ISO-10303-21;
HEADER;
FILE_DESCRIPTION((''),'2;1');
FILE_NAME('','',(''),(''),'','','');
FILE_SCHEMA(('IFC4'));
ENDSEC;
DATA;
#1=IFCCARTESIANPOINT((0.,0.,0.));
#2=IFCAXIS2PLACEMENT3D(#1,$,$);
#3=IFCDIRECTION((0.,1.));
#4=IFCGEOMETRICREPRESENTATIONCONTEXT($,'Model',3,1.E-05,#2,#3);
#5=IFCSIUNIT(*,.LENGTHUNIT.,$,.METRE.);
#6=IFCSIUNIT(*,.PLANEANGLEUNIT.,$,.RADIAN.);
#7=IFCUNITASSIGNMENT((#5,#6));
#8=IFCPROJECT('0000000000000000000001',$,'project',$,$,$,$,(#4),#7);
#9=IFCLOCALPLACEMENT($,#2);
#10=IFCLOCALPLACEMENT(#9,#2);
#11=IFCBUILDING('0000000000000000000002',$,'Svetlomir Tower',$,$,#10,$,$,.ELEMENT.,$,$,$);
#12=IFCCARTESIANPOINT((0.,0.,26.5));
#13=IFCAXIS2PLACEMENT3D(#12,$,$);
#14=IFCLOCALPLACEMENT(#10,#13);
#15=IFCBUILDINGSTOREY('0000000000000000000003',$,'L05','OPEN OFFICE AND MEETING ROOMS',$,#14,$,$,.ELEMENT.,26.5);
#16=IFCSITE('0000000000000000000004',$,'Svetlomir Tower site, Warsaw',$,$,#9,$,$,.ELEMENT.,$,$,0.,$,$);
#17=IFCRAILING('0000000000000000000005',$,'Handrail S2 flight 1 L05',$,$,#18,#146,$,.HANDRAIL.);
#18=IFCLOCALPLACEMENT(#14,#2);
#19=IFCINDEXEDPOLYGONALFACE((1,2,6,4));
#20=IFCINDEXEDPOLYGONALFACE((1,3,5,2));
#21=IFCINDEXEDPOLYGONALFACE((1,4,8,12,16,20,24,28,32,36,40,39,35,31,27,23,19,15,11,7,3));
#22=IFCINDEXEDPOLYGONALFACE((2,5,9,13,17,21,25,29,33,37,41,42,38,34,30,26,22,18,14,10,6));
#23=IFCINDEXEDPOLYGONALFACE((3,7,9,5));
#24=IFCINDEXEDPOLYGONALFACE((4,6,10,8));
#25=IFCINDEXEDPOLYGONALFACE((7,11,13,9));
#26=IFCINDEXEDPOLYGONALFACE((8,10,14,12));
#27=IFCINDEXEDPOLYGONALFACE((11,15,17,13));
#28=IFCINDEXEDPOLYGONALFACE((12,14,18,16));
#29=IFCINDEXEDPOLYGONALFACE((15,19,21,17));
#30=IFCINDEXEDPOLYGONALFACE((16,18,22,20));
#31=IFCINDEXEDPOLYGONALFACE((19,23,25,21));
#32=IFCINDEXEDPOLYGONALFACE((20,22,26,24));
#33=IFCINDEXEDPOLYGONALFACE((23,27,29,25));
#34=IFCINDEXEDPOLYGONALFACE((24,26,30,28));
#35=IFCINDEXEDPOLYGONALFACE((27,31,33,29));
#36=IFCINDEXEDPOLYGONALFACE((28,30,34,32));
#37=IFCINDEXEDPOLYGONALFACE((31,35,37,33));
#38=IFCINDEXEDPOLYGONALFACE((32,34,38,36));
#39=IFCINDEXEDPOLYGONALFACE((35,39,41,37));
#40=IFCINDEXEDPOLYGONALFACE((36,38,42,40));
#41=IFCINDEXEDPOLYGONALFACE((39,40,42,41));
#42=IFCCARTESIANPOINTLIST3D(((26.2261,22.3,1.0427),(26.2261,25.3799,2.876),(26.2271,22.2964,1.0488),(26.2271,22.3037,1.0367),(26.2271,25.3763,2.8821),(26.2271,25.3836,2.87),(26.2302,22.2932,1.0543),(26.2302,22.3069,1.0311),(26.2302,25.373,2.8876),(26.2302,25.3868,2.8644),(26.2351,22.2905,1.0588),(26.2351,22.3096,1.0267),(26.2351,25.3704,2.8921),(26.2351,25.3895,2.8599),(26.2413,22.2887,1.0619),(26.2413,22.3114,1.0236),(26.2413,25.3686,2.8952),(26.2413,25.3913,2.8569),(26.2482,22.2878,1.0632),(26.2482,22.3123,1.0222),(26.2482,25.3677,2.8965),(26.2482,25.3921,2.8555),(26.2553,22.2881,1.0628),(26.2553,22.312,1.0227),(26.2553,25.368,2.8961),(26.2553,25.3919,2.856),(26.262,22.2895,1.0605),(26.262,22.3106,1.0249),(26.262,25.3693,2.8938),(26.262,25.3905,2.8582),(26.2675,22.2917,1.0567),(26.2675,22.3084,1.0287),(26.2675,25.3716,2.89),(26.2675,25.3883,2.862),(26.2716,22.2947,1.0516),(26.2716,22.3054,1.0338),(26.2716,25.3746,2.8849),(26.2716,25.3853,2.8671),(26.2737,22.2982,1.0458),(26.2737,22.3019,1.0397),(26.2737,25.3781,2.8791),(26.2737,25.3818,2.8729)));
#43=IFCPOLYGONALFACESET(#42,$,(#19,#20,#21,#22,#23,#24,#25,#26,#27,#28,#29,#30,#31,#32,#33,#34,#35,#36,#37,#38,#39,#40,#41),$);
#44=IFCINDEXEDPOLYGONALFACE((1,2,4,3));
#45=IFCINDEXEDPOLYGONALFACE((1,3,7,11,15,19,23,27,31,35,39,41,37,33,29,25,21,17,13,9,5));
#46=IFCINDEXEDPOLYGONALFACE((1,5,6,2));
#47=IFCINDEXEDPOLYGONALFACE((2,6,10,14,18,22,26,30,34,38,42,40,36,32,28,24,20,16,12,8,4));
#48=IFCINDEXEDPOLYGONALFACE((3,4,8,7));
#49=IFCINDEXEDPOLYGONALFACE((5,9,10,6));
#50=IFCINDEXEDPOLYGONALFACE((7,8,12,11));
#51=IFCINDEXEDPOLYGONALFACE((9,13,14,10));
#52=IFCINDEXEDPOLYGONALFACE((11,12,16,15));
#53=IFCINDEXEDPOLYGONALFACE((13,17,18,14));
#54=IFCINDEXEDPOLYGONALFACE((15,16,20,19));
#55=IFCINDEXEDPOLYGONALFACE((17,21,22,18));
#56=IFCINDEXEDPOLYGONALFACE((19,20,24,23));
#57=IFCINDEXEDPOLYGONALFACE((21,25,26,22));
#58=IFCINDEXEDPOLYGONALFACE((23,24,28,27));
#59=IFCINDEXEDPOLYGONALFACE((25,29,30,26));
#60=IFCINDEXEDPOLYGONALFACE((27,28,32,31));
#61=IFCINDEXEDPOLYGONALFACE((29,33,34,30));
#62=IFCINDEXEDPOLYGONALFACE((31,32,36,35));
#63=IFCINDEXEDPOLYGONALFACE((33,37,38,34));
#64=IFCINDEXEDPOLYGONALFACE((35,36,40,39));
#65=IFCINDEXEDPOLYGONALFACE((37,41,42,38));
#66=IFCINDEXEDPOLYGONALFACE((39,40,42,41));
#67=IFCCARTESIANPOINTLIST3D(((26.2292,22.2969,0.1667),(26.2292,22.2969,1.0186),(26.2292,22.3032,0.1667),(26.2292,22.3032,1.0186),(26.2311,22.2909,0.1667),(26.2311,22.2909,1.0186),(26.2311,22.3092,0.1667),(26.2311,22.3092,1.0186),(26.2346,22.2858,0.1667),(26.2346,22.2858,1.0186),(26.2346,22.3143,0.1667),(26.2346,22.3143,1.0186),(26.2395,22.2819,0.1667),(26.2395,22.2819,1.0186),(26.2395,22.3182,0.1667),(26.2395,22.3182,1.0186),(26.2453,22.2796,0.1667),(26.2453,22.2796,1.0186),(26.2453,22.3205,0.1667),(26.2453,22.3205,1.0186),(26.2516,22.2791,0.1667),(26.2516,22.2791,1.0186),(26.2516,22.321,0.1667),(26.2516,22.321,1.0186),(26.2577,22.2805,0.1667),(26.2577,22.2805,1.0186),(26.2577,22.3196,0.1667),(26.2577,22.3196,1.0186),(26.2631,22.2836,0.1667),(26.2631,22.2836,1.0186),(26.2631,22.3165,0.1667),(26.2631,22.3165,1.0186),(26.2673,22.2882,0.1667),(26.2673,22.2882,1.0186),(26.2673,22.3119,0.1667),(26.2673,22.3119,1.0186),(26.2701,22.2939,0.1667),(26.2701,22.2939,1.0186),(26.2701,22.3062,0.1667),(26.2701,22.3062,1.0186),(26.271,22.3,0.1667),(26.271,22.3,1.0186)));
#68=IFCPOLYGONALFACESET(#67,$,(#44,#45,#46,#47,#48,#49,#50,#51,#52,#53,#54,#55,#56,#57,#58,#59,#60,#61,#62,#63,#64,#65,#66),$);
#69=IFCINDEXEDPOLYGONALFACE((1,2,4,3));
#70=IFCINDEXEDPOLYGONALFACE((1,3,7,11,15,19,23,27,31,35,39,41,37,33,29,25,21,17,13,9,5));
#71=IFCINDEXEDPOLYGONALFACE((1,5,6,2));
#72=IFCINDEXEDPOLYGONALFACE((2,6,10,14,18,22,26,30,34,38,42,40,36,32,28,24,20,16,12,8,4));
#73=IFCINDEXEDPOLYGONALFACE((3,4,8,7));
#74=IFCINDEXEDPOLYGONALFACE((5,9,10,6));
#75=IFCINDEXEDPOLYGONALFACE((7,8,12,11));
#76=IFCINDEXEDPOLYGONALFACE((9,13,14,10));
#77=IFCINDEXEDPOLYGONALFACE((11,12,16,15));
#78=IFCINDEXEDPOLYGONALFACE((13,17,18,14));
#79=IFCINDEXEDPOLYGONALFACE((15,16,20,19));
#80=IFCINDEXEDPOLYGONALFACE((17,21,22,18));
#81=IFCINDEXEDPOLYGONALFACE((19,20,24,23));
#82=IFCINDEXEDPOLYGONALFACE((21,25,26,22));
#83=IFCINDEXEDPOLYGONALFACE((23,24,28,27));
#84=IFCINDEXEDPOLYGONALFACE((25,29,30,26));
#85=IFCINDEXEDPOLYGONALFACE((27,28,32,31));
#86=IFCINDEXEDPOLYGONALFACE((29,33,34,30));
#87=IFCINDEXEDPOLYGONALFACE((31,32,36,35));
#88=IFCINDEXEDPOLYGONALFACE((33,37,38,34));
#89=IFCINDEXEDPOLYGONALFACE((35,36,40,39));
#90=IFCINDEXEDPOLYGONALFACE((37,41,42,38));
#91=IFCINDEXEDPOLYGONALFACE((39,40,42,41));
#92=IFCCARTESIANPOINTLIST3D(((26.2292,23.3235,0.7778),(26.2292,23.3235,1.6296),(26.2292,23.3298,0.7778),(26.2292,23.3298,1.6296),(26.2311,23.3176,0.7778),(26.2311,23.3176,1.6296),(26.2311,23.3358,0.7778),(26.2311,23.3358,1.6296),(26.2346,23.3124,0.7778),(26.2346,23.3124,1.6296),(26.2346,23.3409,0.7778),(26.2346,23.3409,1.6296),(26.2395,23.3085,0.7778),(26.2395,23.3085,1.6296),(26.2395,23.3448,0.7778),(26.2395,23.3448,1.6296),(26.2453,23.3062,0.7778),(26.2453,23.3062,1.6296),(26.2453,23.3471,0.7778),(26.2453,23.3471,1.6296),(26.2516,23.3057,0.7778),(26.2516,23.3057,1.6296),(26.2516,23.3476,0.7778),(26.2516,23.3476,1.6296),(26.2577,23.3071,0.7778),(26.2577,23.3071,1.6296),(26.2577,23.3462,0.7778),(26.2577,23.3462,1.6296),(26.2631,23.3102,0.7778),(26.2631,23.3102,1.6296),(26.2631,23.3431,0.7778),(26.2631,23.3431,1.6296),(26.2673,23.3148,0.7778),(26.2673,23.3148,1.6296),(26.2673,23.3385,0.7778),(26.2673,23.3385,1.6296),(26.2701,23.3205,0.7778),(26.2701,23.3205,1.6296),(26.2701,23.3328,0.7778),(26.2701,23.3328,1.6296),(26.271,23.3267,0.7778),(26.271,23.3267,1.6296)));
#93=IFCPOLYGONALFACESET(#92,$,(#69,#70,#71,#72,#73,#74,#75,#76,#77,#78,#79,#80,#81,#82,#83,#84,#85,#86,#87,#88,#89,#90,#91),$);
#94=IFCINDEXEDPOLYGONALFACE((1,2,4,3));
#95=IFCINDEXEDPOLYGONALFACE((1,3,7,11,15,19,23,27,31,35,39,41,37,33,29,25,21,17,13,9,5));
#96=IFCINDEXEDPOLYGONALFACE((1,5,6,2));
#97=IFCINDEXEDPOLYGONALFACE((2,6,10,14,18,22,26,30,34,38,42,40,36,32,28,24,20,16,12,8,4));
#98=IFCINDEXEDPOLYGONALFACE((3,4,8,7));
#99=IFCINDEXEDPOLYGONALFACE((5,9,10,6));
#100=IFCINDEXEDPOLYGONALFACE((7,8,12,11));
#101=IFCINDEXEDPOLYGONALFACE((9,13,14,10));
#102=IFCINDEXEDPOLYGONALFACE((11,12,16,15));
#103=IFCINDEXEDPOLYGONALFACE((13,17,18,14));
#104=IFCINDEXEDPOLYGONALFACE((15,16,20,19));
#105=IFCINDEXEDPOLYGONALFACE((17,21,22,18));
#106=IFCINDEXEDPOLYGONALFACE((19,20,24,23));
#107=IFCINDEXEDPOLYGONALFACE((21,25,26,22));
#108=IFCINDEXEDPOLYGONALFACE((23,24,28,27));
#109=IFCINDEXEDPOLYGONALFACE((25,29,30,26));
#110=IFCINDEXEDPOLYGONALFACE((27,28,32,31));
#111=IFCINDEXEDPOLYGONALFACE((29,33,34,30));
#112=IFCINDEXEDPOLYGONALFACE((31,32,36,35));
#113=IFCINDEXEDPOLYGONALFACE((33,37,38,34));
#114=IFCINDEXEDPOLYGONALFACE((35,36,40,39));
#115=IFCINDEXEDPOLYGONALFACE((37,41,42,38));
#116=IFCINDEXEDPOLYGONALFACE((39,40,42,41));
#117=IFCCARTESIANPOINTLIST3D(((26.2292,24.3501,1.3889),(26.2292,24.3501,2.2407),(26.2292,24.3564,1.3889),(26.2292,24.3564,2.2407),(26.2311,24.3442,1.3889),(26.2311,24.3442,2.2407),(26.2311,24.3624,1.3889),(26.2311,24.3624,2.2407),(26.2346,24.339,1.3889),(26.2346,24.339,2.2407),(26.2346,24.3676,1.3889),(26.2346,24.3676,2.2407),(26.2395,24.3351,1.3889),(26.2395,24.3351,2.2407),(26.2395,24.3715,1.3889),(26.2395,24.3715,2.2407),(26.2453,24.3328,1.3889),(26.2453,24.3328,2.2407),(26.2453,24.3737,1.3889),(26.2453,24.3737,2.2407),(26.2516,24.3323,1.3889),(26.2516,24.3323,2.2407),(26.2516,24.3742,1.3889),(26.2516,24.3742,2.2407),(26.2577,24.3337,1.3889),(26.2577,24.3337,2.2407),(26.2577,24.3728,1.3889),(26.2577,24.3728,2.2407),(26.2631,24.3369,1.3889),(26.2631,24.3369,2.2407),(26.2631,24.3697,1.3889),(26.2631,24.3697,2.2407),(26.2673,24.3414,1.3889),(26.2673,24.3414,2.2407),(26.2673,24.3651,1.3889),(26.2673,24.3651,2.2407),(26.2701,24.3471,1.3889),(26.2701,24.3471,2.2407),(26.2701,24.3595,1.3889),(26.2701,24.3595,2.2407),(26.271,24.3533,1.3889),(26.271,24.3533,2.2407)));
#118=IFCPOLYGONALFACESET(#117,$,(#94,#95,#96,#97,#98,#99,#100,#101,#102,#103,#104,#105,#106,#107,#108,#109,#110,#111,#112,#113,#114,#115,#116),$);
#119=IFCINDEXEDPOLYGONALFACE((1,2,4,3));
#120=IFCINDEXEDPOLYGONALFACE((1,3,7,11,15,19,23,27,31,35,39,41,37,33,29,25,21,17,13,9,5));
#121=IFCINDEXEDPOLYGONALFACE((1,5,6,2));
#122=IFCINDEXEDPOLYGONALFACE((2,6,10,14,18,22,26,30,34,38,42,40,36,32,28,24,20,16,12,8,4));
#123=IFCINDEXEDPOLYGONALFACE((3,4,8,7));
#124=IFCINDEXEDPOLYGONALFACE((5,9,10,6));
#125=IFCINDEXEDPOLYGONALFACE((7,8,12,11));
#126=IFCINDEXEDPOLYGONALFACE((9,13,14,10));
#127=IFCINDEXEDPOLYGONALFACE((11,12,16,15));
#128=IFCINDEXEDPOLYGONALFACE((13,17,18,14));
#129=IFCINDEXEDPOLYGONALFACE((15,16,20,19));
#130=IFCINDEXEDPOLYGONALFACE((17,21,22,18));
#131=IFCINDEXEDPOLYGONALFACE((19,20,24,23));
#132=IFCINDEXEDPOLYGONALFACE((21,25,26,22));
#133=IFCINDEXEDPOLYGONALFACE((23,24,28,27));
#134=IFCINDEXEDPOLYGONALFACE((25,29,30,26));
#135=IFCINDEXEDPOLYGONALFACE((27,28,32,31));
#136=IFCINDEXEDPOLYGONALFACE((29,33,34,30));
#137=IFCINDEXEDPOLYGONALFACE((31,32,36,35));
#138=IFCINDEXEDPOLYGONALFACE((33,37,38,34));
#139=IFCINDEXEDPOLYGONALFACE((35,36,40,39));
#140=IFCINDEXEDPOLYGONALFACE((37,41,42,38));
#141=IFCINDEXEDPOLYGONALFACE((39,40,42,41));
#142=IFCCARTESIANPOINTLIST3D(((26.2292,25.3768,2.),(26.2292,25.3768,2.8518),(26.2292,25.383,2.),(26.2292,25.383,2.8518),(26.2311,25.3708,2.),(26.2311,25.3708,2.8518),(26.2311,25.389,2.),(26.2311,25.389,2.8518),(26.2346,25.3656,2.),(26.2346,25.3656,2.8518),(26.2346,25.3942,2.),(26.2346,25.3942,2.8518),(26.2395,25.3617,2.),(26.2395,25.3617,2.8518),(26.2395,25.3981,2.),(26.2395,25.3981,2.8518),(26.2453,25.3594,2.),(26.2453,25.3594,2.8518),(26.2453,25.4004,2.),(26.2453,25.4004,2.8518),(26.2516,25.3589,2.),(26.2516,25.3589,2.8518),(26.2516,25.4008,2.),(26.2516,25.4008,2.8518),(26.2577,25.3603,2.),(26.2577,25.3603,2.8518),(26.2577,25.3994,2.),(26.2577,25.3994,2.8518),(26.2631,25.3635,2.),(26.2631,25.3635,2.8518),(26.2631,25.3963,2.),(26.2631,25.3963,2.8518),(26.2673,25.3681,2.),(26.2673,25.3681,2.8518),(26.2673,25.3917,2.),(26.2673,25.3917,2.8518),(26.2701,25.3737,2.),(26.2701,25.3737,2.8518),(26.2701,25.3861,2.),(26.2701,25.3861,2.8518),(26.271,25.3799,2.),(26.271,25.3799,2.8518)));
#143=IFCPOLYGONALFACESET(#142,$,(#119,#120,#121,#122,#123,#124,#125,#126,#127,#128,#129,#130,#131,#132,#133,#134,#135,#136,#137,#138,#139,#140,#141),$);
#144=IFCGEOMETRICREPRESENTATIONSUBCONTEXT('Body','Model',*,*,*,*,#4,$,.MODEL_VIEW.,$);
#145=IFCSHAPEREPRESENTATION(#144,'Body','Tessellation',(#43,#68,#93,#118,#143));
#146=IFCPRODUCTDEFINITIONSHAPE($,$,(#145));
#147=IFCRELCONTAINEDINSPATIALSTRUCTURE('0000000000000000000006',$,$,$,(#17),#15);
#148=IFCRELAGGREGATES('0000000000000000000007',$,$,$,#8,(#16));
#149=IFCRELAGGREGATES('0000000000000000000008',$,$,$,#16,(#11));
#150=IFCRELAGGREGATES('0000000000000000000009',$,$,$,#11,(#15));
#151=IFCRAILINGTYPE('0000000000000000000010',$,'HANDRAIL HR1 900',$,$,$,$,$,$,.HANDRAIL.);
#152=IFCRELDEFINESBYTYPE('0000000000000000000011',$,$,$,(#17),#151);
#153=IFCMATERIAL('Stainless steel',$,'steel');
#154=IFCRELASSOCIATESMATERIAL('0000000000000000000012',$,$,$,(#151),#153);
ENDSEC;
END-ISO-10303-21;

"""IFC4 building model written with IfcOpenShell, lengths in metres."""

from ifc_helpers import new_model, si_unit, direction, frame, origin, origin_2d, place, context, subcontext, project, spatial, circle, extrude, material, type_object, element, save


model = new_model("IFC4")

# Units and contexts
model_context = context("Model", 3, precision=1e-05, world=origin(), true_north=direction((0.0, 1.0)))
body_context = subcontext(model_context, "Body", "Model", "MODEL_VIEW")
ifc_project = project(units=[si_unit("LENGTHUNIT", "METRE"), si_unit("PLANEANGLEUNIT", "RADIAN")], contexts=[model_context])

# Site, building, storey
site_placement = place(None, origin())
site = spatial("IfcSite", under=ifc_project, at=site_placement, Name="Svetlomir Tower site, Warsaw", CompositionType="ELEMENT", RefElevation=0.0)
building_placement = place(site_placement, origin())
building = spatial("IfcBuilding", under=site, at=building_placement, Name="Svetlomir Tower", CompositionType="ELEMENT")
storey_placement = place(building_placement, frame((0.0, 0.0, 26.5)))
storey = spatial("IfcBuildingStorey", under=building, at=storey_placement, Name="L05", Description="OPEN OFFICE AND MEETING ROOMS", CompositionType="ELEMENT", Elevation=26.5)

# Railing
ifc_material_1 = material(Name="Stainless steel", Category="steel")
railing_type = type_object("IfcRailingType", Name="HANDRAIL HR1 900", PredefinedType="HANDRAIL", material=ifc_material_1)
railing_1_placement = place(storey_placement, frame((26.25, 22.3, 0.1667)))
element("IfcRailing", 1, at=railing_1_placement, inside=storey, type_object=railing_type, Name="Handrail S2 flight 1 L05", PredefinedType="HANDRAIL", context=body_context, shape_type="SweptSolid", body=[
    extrude(circle(Radius=0.0239, at=origin_2d()), frame((0.0, 0.0, 0.876), z_axis=(0.0, 0.859291, 0.511487), x_axis=(-1.0, 0.0, 0.0)), (0.0, 0.0, 1.0), 3.5842),
    extrude(circle(Radius=0.021, at=origin_2d()), origin(), (0.0, 0.0, 1.0), 0.8518),
    extrude(circle(Radius=0.021, at=origin_2d()), frame((0.0, 1.0266, 0.6111)), (0.0, 0.0, 1.0), 0.8518),
    extrude(circle(Radius=0.021, at=origin_2d()), frame((0.0, 2.0532, 1.2222)), (0.0, 0.0, 1.0), 0.8518),
    extrude(circle(Radius=0.021, at=origin_2d()), frame((0.0, 3.0798, 1.8333)), (0.0, 0.0, 1.0), 0.8518),
])

save(model, "model.ifc")
